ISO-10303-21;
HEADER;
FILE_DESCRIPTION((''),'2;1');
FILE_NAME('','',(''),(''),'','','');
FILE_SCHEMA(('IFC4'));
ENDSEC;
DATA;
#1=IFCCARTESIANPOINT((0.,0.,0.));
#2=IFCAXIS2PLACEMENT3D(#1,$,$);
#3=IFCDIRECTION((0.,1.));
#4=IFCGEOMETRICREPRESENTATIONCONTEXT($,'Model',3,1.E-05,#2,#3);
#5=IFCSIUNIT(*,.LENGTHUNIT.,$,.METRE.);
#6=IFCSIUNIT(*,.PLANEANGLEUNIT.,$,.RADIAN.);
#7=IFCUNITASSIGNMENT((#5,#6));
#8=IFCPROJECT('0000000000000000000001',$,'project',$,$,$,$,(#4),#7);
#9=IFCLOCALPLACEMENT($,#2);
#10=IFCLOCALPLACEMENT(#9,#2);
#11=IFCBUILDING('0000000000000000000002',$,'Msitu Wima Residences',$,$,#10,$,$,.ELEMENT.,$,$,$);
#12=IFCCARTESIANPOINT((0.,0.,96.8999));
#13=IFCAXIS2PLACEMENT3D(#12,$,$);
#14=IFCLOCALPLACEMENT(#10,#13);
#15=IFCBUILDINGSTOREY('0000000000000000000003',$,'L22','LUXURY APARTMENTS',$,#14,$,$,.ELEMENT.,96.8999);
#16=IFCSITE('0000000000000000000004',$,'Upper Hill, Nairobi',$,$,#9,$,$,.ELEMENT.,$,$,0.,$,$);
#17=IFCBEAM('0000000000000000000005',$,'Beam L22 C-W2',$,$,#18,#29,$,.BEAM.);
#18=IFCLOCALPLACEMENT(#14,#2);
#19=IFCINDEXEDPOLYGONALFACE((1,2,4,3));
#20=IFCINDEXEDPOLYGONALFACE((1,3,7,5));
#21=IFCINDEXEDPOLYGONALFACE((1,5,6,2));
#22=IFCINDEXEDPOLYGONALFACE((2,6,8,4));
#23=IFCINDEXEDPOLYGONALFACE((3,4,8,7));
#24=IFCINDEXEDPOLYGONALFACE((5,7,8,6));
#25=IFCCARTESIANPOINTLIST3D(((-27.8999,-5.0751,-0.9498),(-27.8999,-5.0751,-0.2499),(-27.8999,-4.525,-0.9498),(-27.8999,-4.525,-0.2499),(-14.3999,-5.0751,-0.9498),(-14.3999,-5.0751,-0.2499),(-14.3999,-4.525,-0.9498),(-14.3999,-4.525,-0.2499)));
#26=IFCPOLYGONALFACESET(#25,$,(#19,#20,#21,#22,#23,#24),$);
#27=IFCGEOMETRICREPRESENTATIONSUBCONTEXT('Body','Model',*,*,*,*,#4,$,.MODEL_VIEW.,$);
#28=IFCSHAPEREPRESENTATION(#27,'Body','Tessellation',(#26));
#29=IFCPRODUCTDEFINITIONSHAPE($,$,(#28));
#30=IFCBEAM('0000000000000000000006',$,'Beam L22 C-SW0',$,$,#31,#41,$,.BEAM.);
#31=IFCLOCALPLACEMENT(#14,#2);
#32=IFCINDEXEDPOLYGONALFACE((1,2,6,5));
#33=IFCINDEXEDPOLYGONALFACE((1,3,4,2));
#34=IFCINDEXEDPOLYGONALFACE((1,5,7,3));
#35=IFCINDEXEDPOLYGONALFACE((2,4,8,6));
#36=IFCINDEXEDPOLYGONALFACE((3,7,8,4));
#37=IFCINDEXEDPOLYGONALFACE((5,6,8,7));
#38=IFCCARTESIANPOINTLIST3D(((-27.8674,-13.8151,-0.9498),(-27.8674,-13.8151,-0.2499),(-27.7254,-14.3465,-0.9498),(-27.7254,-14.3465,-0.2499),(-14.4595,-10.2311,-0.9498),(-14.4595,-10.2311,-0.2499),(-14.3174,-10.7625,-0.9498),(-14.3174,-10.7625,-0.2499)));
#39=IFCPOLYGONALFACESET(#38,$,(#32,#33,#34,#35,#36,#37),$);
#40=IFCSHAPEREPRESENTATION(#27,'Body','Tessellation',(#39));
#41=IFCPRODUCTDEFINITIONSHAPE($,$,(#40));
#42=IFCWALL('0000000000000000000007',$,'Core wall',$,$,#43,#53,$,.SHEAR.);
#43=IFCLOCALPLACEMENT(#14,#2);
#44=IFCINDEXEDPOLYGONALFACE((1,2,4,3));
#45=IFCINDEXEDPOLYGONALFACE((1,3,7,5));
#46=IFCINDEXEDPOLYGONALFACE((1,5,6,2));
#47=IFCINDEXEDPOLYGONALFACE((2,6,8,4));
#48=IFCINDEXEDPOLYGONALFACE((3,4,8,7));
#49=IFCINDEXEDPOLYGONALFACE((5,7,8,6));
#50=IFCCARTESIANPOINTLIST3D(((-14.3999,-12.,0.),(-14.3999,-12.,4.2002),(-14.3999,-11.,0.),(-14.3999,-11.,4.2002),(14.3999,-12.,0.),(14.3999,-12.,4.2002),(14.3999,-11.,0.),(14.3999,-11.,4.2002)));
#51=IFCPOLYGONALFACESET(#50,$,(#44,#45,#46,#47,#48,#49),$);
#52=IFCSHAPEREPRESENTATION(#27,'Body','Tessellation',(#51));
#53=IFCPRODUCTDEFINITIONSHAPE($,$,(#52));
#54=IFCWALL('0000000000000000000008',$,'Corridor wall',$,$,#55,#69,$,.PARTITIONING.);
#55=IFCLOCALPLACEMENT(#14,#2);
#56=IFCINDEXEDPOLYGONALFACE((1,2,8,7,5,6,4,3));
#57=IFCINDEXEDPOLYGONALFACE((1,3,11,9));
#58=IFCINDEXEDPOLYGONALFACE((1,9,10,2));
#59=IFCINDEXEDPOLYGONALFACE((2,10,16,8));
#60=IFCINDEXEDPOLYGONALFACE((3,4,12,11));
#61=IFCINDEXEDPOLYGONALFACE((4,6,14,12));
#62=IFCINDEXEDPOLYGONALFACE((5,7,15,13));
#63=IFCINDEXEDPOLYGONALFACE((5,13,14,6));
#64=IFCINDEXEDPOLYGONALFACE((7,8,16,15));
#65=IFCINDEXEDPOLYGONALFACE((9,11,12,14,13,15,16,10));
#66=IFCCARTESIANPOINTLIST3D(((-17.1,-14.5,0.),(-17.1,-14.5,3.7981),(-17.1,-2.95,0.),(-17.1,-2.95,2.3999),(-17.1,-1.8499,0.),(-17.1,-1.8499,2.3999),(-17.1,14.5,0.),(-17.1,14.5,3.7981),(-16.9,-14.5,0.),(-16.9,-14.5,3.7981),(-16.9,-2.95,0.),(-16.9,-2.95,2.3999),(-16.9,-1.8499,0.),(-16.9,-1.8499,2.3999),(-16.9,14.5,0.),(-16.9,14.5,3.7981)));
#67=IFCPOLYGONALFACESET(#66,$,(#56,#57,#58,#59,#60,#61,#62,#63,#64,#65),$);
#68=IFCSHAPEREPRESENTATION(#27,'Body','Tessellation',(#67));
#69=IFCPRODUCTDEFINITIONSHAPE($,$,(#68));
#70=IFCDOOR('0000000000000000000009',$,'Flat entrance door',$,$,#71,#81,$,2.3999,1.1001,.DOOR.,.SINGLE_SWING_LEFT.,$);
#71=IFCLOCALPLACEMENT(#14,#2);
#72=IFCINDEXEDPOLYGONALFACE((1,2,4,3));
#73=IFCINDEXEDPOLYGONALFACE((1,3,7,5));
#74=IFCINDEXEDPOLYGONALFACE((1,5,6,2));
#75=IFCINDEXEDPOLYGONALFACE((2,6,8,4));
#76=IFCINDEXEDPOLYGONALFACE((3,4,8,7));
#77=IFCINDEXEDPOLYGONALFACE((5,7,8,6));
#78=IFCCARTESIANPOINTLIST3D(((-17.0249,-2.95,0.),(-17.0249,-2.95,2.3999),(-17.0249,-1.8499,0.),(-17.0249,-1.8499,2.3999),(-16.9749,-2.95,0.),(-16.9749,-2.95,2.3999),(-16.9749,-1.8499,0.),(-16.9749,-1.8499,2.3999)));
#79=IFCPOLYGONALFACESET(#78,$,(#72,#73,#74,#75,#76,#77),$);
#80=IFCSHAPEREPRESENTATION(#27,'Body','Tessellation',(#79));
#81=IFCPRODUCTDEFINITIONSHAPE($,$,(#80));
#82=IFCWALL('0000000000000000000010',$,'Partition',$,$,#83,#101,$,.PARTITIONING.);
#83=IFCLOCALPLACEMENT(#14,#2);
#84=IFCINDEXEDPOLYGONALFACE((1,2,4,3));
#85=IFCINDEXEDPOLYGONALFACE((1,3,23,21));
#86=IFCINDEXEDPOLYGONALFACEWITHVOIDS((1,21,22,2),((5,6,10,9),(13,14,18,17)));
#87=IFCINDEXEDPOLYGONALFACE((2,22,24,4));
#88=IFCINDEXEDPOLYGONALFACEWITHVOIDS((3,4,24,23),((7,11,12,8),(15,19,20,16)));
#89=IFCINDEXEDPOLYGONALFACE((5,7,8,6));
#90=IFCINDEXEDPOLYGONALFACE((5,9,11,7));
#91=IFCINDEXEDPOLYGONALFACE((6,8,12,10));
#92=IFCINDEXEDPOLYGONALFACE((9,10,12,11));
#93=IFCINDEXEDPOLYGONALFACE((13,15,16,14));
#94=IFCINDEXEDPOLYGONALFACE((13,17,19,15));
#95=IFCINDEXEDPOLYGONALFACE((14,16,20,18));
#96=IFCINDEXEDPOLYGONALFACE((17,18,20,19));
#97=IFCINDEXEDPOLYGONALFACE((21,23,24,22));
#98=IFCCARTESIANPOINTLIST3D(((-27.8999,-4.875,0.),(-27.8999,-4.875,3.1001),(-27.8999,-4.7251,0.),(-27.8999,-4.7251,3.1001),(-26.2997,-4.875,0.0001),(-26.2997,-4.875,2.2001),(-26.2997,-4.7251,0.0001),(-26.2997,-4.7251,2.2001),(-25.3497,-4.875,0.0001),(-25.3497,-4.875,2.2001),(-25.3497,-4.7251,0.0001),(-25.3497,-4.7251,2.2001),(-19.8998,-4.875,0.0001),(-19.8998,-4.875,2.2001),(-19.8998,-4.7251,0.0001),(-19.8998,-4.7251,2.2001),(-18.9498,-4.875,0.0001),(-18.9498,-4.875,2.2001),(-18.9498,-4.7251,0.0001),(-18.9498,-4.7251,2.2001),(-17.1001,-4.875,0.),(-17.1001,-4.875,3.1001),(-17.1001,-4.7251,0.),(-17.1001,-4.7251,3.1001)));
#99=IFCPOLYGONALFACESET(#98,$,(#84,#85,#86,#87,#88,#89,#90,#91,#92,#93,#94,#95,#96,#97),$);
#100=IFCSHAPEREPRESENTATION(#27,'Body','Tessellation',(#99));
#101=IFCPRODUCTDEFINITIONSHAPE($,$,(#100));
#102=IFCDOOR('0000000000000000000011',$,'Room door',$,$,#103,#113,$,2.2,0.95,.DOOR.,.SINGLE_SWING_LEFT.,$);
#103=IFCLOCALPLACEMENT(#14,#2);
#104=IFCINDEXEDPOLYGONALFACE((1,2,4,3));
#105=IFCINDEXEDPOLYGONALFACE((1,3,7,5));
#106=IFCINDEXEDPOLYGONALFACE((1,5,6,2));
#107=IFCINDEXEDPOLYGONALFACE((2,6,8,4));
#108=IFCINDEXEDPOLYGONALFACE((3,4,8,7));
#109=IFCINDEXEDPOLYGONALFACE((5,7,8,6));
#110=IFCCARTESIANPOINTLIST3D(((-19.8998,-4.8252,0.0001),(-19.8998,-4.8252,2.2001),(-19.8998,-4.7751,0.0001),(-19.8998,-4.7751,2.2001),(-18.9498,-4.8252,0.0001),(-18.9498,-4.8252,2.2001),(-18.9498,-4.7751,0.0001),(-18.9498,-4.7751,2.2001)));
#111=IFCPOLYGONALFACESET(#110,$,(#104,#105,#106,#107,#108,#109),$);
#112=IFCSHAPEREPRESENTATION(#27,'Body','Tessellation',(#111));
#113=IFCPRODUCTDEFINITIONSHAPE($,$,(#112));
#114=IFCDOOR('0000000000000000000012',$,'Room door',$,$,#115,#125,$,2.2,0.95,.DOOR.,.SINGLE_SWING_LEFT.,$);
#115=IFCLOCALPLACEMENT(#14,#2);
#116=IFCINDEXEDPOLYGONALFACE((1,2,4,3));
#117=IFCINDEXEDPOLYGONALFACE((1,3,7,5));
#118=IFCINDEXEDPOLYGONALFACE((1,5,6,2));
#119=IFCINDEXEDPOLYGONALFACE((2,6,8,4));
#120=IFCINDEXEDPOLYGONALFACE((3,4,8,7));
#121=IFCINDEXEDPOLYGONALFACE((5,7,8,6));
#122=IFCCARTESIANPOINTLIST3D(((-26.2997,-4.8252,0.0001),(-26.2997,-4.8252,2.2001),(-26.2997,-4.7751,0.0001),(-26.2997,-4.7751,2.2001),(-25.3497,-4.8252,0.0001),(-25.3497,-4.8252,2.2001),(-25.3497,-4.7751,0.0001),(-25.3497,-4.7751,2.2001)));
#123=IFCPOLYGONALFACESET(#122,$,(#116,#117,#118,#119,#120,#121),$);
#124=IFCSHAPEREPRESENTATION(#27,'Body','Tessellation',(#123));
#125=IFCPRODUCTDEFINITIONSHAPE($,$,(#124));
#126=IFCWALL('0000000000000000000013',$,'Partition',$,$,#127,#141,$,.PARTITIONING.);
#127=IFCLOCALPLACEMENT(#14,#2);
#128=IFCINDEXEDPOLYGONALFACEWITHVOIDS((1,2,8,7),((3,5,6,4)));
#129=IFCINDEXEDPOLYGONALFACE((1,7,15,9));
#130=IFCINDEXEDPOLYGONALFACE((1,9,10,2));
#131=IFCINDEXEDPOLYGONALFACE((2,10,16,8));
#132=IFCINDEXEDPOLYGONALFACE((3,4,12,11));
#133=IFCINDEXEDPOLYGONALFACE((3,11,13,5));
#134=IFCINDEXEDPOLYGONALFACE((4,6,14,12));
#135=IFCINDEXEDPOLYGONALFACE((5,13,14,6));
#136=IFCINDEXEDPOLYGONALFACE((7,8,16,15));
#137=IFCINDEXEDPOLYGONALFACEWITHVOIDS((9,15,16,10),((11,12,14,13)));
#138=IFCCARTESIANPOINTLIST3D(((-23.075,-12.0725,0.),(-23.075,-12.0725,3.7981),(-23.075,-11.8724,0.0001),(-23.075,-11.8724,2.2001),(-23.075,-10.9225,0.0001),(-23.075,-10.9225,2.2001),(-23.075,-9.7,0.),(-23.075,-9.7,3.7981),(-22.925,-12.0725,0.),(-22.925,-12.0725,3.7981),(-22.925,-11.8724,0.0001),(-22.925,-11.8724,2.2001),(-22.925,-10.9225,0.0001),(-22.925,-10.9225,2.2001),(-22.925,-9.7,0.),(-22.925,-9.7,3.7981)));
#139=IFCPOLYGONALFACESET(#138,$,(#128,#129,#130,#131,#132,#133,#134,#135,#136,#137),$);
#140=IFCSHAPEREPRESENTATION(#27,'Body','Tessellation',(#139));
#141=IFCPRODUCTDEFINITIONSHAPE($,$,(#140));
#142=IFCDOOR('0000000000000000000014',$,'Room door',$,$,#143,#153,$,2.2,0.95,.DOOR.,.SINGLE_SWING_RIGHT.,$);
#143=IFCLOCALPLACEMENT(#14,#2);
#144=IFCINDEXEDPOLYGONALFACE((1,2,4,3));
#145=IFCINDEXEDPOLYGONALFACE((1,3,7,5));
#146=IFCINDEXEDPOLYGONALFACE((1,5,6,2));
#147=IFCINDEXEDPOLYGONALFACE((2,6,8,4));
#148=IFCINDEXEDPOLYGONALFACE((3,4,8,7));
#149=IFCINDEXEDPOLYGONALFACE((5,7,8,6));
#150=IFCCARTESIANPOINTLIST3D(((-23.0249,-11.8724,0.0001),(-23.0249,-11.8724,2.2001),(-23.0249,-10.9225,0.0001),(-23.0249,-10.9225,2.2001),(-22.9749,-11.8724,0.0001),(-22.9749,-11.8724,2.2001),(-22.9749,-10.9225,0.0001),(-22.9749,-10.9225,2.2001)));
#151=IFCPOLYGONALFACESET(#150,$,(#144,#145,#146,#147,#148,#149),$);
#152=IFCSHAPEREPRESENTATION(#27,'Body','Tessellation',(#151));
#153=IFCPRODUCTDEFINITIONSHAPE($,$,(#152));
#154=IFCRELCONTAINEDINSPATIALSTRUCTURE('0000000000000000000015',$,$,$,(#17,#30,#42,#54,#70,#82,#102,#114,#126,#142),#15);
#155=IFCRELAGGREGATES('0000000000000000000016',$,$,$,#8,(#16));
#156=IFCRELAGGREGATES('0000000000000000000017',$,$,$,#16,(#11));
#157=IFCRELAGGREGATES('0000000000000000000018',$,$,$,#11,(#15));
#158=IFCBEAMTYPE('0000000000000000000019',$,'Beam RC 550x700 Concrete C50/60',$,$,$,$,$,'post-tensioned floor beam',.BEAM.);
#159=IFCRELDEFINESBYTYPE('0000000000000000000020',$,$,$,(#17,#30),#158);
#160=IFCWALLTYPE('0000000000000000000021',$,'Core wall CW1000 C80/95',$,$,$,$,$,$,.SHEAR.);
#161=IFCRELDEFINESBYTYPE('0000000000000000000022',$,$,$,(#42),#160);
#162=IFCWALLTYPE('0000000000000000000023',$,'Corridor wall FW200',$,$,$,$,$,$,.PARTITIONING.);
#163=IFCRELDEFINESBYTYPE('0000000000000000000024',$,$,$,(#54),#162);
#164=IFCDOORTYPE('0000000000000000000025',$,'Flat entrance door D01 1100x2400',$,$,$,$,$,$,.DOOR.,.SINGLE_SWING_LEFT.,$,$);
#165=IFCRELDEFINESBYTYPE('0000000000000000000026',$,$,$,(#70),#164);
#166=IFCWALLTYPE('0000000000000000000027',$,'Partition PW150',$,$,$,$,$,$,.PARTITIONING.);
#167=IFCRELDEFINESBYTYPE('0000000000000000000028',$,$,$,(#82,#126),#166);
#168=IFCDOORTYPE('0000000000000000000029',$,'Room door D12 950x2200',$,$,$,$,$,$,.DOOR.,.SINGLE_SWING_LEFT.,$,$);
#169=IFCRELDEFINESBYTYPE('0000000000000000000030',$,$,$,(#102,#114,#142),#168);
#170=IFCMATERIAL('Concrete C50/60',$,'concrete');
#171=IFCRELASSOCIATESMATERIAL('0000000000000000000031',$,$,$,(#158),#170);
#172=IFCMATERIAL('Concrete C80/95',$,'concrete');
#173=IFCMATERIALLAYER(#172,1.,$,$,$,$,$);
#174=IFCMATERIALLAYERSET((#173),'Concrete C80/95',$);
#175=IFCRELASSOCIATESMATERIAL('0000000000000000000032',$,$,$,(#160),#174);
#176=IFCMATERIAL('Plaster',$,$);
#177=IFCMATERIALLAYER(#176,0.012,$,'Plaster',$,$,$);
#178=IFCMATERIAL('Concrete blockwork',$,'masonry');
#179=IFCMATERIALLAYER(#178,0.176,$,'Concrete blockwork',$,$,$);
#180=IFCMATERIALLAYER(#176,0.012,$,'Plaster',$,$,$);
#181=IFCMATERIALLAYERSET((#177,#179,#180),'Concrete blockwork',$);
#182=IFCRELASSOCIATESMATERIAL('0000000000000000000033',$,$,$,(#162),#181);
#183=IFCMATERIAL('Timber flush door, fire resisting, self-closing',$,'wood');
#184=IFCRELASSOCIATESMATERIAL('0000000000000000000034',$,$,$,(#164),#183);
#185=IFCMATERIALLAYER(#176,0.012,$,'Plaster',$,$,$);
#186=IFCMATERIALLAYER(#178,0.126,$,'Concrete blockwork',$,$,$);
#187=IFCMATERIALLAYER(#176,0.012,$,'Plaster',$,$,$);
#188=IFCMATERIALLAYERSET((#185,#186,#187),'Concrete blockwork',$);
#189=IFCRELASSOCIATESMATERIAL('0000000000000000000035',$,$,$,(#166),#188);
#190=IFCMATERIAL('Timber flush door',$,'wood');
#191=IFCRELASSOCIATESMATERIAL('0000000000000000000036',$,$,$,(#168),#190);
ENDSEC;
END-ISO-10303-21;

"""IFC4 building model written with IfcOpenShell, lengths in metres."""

from ifc_helpers import new_model, si_unit, direction, frame, frame_2d, origin, origin_2d, place, context, subcontext, project, spatial, rectangle, extrude, material, layer, layer_set, material_profile, profile_set, type_object, element, fill, save


model = new_model("IFC4")

# Units and contexts
model_context = context("Model", 3, precision=1e-05, world=origin(), true_north=direction((0.0, 1.0)))
body_context = subcontext(model_context, "Body", "Model", "MODEL_VIEW")
ifc_project = project(units=[si_unit("LENGTHUNIT", "METRE"), si_unit("PLANEANGLEUNIT", "RADIAN")], contexts=[model_context])

# Site, building, storey
site_placement = place(None, origin())
site = spatial("IfcSite", under=ifc_project, at=site_placement, Name="Upper Hill, Nairobi", CompositionType="ELEMENT", RefElevation=0.0)
building_placement = place(site_placement, origin())
building = spatial("IfcBuilding", under=site, at=building_placement, Name="Msitu Wima Residences", CompositionType="ELEMENT")
storey_placement = place(building_placement, frame((0.0, 0.0, 96.8999)))
storey = spatial("IfcBuildingStorey", under=building, at=storey_placement, Name="L22", Description="LUXURY APARTMENTS", CompositionType="ELEMENT", Elevation=96.8999)

# Beams
ifc_material_1 = material(Name="Concrete C50/60", Category="concrete")
ifc_material_profile = material_profile(ifc_material_1, rectangle(XDim=0.55, YDim=0.7, at=origin_2d()), Name="RC 550x700")
ifc_profile_set = profile_set([ifc_material_profile], Name="Concrete C50/60")
beam_type = type_object("IfcBeamType", Name="Beam RC 550x700 Concrete C50/60", ElementType="post-tensioned floor beam", PredefinedType="BEAM", material=ifc_profile_set)
beam_1_placement = place(storey_placement, frame((-27.8999, -4.8, -0.5999), z_axis=(1.0, 0.0, 0.0), x_axis=(0.0, 1.0, 0.0)))
element("IfcBeam", 1, at=beam_1_placement, inside=storey, type_object=beam_type, Name="Beam L22 C-W2", PredefinedType="BEAM", context=body_context, shape_type="SweptSolid", body=[
    extrude(rectangle(XDim=0.55, YDim=0.7, at=origin_2d()), origin(), (0.0, 0.0, 1.0), 13.5),
])
beam_2_placement = place(storey_placement, frame((-27.7964, -14.0808, -0.5999), z_axis=(0.966082, 0.258236, 0.0), x_axis=(-0.258236, 0.966082, 0.0)))
element("IfcBeam", 2, at=beam_2_placement, inside=storey, type_object=beam_type, Name="Beam L22 C-SW0", PredefinedType="BEAM", context=body_context, shape_type="SweptSolid", body=[
    extrude(rectangle(XDim=0.55, YDim=0.7, at=origin_2d()), origin(), (0.0, 0.0, 1.0), 13.8787),
])

# Wall
ifc_material_2 = material(Name="Concrete C80/95", Category="concrete")
ifc_layer_1 = layer(ifc_material_2, 1.0)
ifc_layer_set_1 = layer_set([ifc_layer_1], Name="Concrete C80/95")
wall_type_1 = type_object("IfcWallType", Name="Core wall CW1000 C80/95", PredefinedType="SHEAR", material=ifc_layer_set_1)
wall_1_placement = place(storey_placement, frame((-14.3999, -11.5, 0.0), z_axis=(0.0, 0.0, 1.0), x_axis=(1.0, 0.0, 0.0)))
element("IfcWall", 3, at=wall_1_placement, inside=storey, type_object=wall_type_1, Name="Core wall", PredefinedType="SHEAR", context=body_context, shape_type="SweptSolid", body=[
    extrude(rectangle(XDim=28.7998, YDim=1.0, at=frame_2d((14.3999, 0.0))), origin(), (0.0, 0.0, 1.0), 4.2002),
])

# Wall, opening, door
ifc_material_3 = material(Name="Plaster")
ifc_layer_2 = layer(ifc_material_3, 0.012, Name="Plaster")
ifc_material_4 = material(Name="Concrete blockwork", Category="masonry")
ifc_layer_3 = layer(ifc_material_4, 0.176, Name="Concrete blockwork")
ifc_layer_4 = layer(ifc_material_3, 0.012, Name="Plaster")
ifc_layer_set_2 = layer_set([ifc_layer_2, ifc_layer_3, ifc_layer_4], Name="Concrete blockwork")
wall_type_2 = type_object("IfcWallType", Name="Corridor wall FW200", PredefinedType="PARTITIONING", material=ifc_layer_set_2)
wall_2_placement = place(storey_placement, frame((-17.0, -14.5, 0.0), z_axis=(0.0, 0.0, 1.0), x_axis=(0.0, 1.0, 0.0)))
wall_2 = element("IfcWall", 4, at=wall_2_placement, inside=storey, type_object=wall_type_2, Name="Corridor wall", PredefinedType="PARTITIONING", context=body_context, shape_type="SweptSolid", body=[
    extrude(rectangle(XDim=29.0, YDim=0.2, at=frame_2d((14.5, 0.0))), origin(), (0.0, 0.0, 1.0), 3.7981),
])
opening_1_placement = place(wall_2_placement, frame((11.55, 0.0, 0.0)))
opening_1 = element("IfcOpeningElement", 5, at=opening_1_placement, cuts=wall_2, PredefinedType="OPENING", context=body_context, shape_type="SweptSolid", body=[
    extrude(rectangle(XDim=1.1001, YDim=2.3999, at=frame_2d((0.55, 1.2))), frame((0.0, 0.1099, 0.0), z_axis=(0.0, -1.0, 0.0), x_axis=(1.0, 0.0, 0.0)), (0.0, 0.0, 1.0), 0.22),
])
ifc_material_5 = material(Name="Timber flush door, fire resisting, self-closing", Category="wood")
door_type_1 = type_object("IfcDoorType", Name="Flat entrance door D01 1100x2400", OperationType="SINGLE_SWING_LEFT", PredefinedType="DOOR", material=ifc_material_5)
door_1_placement = place(opening_1_placement, origin())
door_1 = element("IfcDoor", 6, at=door_1_placement, inside=storey, type_object=door_type_1, Name="Flat entrance door", OperationType="SINGLE_SWING_LEFT", OverallHeight=2.3999, OverallWidth=1.1001, PredefinedType="DOOR", context=body_context, shape_type="SweptSolid", body=[
    extrude(rectangle(XDim=1.1001, YDim=2.3999, at=frame_2d((0.55, 1.2))), frame((0.0, 0.0249, 0.0), z_axis=(0.0, -1.0, 0.0), x_axis=(1.0, 0.0, 0.0)), (0.0, 0.0, 1.0), 0.05),
])
fill(opening_1, door_1)

# Wall, openings, doors
ifc_layer_5 = layer(ifc_material_3, 0.012, Name="Plaster")
ifc_layer_6 = layer(ifc_material_4, 0.126, Name="Concrete blockwork")
ifc_layer_7 = layer(ifc_material_3, 0.012, Name="Plaster")
ifc_layer_set_3 = layer_set([ifc_layer_5, ifc_layer_6, ifc_layer_7], Name="Concrete blockwork")
wall_type_3 = type_object("IfcWallType", Name="Partition PW150", PredefinedType="PARTITIONING", material=ifc_layer_set_3)
wall_3_placement = place(storey_placement, frame((-27.8999, -4.8, 0.0), z_axis=(0.0, 0.0, 1.0), x_axis=(1.0, 0.0, 0.0)))
wall_3 = element("IfcWall", 7, at=wall_3_placement, inside=storey, type_object=wall_type_3, Name="Partition", PredefinedType="PARTITIONING", context=body_context, shape_type="SweptSolid", body=[
    extrude(rectangle(XDim=10.7998, YDim=0.1499, at=frame_2d((5.3999, 0.0))), origin(), (0.0, 0.0, 1.0), 3.1001),
])
opening_2_placement = place(wall_3_placement, frame((8.0, 0.0, 0.0)))
opening_2 = element("IfcOpeningElement", 8, at=opening_2_placement, cuts=wall_3, PredefinedType="OPENING", context=body_context, shape_type="SweptSolid", body=[
    extrude(rectangle(XDim=0.95, YDim=2.2, at=frame_2d((0.4751, 1.1001))), frame((0.0, 0.085, 0.0), z_axis=(0.0, -1.0, 0.0), x_axis=(1.0, 0.0, 0.0)), (0.0, 0.0, 1.0), 0.1699),
])
opening_3_placement = place(wall_3_placement, frame((1.6001, 0.0, 0.0)))
opening_3 = element("IfcOpeningElement", 9, at=opening_3_placement, cuts=wall_3, PredefinedType="OPENING", context=body_context, shape_type="SweptSolid", body=[
    extrude(rectangle(XDim=0.95, YDim=2.2, at=frame_2d((0.4751, 1.1001))), frame((0.0, 0.085, 0.0), z_axis=(0.0, -1.0, 0.0), x_axis=(1.0, 0.0, 0.0)), (0.0, 0.0, 1.0), 0.1699),
])
ifc_material_6 = material(Name="Timber flush door", Category="wood")
door_type_2 = type_object("IfcDoorType", Name="Room door D12 950x2200", OperationType="SINGLE_SWING_LEFT", PredefinedType="DOOR", material=ifc_material_6)
door_2_placement = place(opening_2_placement, origin())
door_2 = element("IfcDoor", 10, at=door_2_placement, inside=storey, type_object=door_type_2, Name="Room door", OperationType="SINGLE_SWING_LEFT", OverallHeight=2.2, OverallWidth=0.95, PredefinedType="DOOR", context=body_context, shape_type="SweptSolid", body=[
    extrude(rectangle(XDim=0.95, YDim=2.2, at=frame_2d((0.4751, 1.1001))), frame((0.0, 0.0249, 0.0), z_axis=(0.0, -1.0, 0.0), x_axis=(1.0, 0.0, 0.0)), (0.0, 0.0, 1.0), 0.05),
])
fill(opening_2, door_2)
door_3_placement = place(opening_3_placement, origin())
door_3 = element("IfcDoor", 11, at=door_3_placement, inside=storey, type_object=door_type_2, Name="Room door", OperationType="SINGLE_SWING_LEFT", OverallHeight=2.2, OverallWidth=0.95, PredefinedType="DOOR", context=body_context, shape_type="SweptSolid", body=[
    extrude(rectangle(XDim=0.95, YDim=2.2, at=frame_2d((0.4751, 1.1001))), frame((0.0, 0.0249, 0.0), z_axis=(0.0, -1.0, 0.0), x_axis=(1.0, 0.0, 0.0)), (0.0, 0.0, 1.0), 0.05),
])
fill(opening_3, door_3)

# Wall, opening, door
wall_4_placement = place(storey_placement, frame((-23.0, -12.0725, 0.0), z_axis=(0.0, 0.0, 1.0), x_axis=(0.0, 1.0, 0.0)))
wall_4 = element("IfcWall", 12, at=wall_4_placement, inside=storey, type_object=wall_type_3, Name="Partition", PredefinedType="PARTITIONING", context=body_context, shape_type="SweptSolid", body=[
    extrude(rectangle(XDim=2.3726, YDim=0.1499, at=frame_2d((1.1863, 0.0))), origin(), (0.0, 0.0, 1.0), 3.7981),
])
opening_4_placement = place(wall_4_placement, frame((0.2, 0.0, 0.0)))
opening_4 = element("IfcOpeningElement", 13, at=opening_4_placement, cuts=wall_4, PredefinedType="OPENING", context=body_context, shape_type="SweptSolid", body=[
    extrude(rectangle(XDim=0.95, YDim=2.2, at=frame_2d((0.4751, 1.1001))), frame((0.0, 0.085, 0.0), z_axis=(0.0, -1.0, 0.0), x_axis=(1.0, 0.0, 0.0)), (0.0, 0.0, 1.0), 0.1699),
])
door_4_placement = place(opening_4_placement, origin())
door_4 = element("IfcDoor", 14, at=door_4_placement, inside=storey, type_object=door_type_2, Name="Room door", OperationType="SINGLE_SWING_RIGHT", OverallHeight=2.2, OverallWidth=0.95, PredefinedType="DOOR", context=body_context, shape_type="SweptSolid", body=[
    extrude(rectangle(XDim=0.95, YDim=2.2, at=frame_2d((0.4751, 1.1001))), frame((0.0, 0.0249, 0.0), z_axis=(0.0, -1.0, 0.0), x_axis=(1.0, 0.0, 0.0)), (0.0, 0.0, 1.0), 0.05),
])
fill(opening_4, door_4)

save(model, "model.ifc")
